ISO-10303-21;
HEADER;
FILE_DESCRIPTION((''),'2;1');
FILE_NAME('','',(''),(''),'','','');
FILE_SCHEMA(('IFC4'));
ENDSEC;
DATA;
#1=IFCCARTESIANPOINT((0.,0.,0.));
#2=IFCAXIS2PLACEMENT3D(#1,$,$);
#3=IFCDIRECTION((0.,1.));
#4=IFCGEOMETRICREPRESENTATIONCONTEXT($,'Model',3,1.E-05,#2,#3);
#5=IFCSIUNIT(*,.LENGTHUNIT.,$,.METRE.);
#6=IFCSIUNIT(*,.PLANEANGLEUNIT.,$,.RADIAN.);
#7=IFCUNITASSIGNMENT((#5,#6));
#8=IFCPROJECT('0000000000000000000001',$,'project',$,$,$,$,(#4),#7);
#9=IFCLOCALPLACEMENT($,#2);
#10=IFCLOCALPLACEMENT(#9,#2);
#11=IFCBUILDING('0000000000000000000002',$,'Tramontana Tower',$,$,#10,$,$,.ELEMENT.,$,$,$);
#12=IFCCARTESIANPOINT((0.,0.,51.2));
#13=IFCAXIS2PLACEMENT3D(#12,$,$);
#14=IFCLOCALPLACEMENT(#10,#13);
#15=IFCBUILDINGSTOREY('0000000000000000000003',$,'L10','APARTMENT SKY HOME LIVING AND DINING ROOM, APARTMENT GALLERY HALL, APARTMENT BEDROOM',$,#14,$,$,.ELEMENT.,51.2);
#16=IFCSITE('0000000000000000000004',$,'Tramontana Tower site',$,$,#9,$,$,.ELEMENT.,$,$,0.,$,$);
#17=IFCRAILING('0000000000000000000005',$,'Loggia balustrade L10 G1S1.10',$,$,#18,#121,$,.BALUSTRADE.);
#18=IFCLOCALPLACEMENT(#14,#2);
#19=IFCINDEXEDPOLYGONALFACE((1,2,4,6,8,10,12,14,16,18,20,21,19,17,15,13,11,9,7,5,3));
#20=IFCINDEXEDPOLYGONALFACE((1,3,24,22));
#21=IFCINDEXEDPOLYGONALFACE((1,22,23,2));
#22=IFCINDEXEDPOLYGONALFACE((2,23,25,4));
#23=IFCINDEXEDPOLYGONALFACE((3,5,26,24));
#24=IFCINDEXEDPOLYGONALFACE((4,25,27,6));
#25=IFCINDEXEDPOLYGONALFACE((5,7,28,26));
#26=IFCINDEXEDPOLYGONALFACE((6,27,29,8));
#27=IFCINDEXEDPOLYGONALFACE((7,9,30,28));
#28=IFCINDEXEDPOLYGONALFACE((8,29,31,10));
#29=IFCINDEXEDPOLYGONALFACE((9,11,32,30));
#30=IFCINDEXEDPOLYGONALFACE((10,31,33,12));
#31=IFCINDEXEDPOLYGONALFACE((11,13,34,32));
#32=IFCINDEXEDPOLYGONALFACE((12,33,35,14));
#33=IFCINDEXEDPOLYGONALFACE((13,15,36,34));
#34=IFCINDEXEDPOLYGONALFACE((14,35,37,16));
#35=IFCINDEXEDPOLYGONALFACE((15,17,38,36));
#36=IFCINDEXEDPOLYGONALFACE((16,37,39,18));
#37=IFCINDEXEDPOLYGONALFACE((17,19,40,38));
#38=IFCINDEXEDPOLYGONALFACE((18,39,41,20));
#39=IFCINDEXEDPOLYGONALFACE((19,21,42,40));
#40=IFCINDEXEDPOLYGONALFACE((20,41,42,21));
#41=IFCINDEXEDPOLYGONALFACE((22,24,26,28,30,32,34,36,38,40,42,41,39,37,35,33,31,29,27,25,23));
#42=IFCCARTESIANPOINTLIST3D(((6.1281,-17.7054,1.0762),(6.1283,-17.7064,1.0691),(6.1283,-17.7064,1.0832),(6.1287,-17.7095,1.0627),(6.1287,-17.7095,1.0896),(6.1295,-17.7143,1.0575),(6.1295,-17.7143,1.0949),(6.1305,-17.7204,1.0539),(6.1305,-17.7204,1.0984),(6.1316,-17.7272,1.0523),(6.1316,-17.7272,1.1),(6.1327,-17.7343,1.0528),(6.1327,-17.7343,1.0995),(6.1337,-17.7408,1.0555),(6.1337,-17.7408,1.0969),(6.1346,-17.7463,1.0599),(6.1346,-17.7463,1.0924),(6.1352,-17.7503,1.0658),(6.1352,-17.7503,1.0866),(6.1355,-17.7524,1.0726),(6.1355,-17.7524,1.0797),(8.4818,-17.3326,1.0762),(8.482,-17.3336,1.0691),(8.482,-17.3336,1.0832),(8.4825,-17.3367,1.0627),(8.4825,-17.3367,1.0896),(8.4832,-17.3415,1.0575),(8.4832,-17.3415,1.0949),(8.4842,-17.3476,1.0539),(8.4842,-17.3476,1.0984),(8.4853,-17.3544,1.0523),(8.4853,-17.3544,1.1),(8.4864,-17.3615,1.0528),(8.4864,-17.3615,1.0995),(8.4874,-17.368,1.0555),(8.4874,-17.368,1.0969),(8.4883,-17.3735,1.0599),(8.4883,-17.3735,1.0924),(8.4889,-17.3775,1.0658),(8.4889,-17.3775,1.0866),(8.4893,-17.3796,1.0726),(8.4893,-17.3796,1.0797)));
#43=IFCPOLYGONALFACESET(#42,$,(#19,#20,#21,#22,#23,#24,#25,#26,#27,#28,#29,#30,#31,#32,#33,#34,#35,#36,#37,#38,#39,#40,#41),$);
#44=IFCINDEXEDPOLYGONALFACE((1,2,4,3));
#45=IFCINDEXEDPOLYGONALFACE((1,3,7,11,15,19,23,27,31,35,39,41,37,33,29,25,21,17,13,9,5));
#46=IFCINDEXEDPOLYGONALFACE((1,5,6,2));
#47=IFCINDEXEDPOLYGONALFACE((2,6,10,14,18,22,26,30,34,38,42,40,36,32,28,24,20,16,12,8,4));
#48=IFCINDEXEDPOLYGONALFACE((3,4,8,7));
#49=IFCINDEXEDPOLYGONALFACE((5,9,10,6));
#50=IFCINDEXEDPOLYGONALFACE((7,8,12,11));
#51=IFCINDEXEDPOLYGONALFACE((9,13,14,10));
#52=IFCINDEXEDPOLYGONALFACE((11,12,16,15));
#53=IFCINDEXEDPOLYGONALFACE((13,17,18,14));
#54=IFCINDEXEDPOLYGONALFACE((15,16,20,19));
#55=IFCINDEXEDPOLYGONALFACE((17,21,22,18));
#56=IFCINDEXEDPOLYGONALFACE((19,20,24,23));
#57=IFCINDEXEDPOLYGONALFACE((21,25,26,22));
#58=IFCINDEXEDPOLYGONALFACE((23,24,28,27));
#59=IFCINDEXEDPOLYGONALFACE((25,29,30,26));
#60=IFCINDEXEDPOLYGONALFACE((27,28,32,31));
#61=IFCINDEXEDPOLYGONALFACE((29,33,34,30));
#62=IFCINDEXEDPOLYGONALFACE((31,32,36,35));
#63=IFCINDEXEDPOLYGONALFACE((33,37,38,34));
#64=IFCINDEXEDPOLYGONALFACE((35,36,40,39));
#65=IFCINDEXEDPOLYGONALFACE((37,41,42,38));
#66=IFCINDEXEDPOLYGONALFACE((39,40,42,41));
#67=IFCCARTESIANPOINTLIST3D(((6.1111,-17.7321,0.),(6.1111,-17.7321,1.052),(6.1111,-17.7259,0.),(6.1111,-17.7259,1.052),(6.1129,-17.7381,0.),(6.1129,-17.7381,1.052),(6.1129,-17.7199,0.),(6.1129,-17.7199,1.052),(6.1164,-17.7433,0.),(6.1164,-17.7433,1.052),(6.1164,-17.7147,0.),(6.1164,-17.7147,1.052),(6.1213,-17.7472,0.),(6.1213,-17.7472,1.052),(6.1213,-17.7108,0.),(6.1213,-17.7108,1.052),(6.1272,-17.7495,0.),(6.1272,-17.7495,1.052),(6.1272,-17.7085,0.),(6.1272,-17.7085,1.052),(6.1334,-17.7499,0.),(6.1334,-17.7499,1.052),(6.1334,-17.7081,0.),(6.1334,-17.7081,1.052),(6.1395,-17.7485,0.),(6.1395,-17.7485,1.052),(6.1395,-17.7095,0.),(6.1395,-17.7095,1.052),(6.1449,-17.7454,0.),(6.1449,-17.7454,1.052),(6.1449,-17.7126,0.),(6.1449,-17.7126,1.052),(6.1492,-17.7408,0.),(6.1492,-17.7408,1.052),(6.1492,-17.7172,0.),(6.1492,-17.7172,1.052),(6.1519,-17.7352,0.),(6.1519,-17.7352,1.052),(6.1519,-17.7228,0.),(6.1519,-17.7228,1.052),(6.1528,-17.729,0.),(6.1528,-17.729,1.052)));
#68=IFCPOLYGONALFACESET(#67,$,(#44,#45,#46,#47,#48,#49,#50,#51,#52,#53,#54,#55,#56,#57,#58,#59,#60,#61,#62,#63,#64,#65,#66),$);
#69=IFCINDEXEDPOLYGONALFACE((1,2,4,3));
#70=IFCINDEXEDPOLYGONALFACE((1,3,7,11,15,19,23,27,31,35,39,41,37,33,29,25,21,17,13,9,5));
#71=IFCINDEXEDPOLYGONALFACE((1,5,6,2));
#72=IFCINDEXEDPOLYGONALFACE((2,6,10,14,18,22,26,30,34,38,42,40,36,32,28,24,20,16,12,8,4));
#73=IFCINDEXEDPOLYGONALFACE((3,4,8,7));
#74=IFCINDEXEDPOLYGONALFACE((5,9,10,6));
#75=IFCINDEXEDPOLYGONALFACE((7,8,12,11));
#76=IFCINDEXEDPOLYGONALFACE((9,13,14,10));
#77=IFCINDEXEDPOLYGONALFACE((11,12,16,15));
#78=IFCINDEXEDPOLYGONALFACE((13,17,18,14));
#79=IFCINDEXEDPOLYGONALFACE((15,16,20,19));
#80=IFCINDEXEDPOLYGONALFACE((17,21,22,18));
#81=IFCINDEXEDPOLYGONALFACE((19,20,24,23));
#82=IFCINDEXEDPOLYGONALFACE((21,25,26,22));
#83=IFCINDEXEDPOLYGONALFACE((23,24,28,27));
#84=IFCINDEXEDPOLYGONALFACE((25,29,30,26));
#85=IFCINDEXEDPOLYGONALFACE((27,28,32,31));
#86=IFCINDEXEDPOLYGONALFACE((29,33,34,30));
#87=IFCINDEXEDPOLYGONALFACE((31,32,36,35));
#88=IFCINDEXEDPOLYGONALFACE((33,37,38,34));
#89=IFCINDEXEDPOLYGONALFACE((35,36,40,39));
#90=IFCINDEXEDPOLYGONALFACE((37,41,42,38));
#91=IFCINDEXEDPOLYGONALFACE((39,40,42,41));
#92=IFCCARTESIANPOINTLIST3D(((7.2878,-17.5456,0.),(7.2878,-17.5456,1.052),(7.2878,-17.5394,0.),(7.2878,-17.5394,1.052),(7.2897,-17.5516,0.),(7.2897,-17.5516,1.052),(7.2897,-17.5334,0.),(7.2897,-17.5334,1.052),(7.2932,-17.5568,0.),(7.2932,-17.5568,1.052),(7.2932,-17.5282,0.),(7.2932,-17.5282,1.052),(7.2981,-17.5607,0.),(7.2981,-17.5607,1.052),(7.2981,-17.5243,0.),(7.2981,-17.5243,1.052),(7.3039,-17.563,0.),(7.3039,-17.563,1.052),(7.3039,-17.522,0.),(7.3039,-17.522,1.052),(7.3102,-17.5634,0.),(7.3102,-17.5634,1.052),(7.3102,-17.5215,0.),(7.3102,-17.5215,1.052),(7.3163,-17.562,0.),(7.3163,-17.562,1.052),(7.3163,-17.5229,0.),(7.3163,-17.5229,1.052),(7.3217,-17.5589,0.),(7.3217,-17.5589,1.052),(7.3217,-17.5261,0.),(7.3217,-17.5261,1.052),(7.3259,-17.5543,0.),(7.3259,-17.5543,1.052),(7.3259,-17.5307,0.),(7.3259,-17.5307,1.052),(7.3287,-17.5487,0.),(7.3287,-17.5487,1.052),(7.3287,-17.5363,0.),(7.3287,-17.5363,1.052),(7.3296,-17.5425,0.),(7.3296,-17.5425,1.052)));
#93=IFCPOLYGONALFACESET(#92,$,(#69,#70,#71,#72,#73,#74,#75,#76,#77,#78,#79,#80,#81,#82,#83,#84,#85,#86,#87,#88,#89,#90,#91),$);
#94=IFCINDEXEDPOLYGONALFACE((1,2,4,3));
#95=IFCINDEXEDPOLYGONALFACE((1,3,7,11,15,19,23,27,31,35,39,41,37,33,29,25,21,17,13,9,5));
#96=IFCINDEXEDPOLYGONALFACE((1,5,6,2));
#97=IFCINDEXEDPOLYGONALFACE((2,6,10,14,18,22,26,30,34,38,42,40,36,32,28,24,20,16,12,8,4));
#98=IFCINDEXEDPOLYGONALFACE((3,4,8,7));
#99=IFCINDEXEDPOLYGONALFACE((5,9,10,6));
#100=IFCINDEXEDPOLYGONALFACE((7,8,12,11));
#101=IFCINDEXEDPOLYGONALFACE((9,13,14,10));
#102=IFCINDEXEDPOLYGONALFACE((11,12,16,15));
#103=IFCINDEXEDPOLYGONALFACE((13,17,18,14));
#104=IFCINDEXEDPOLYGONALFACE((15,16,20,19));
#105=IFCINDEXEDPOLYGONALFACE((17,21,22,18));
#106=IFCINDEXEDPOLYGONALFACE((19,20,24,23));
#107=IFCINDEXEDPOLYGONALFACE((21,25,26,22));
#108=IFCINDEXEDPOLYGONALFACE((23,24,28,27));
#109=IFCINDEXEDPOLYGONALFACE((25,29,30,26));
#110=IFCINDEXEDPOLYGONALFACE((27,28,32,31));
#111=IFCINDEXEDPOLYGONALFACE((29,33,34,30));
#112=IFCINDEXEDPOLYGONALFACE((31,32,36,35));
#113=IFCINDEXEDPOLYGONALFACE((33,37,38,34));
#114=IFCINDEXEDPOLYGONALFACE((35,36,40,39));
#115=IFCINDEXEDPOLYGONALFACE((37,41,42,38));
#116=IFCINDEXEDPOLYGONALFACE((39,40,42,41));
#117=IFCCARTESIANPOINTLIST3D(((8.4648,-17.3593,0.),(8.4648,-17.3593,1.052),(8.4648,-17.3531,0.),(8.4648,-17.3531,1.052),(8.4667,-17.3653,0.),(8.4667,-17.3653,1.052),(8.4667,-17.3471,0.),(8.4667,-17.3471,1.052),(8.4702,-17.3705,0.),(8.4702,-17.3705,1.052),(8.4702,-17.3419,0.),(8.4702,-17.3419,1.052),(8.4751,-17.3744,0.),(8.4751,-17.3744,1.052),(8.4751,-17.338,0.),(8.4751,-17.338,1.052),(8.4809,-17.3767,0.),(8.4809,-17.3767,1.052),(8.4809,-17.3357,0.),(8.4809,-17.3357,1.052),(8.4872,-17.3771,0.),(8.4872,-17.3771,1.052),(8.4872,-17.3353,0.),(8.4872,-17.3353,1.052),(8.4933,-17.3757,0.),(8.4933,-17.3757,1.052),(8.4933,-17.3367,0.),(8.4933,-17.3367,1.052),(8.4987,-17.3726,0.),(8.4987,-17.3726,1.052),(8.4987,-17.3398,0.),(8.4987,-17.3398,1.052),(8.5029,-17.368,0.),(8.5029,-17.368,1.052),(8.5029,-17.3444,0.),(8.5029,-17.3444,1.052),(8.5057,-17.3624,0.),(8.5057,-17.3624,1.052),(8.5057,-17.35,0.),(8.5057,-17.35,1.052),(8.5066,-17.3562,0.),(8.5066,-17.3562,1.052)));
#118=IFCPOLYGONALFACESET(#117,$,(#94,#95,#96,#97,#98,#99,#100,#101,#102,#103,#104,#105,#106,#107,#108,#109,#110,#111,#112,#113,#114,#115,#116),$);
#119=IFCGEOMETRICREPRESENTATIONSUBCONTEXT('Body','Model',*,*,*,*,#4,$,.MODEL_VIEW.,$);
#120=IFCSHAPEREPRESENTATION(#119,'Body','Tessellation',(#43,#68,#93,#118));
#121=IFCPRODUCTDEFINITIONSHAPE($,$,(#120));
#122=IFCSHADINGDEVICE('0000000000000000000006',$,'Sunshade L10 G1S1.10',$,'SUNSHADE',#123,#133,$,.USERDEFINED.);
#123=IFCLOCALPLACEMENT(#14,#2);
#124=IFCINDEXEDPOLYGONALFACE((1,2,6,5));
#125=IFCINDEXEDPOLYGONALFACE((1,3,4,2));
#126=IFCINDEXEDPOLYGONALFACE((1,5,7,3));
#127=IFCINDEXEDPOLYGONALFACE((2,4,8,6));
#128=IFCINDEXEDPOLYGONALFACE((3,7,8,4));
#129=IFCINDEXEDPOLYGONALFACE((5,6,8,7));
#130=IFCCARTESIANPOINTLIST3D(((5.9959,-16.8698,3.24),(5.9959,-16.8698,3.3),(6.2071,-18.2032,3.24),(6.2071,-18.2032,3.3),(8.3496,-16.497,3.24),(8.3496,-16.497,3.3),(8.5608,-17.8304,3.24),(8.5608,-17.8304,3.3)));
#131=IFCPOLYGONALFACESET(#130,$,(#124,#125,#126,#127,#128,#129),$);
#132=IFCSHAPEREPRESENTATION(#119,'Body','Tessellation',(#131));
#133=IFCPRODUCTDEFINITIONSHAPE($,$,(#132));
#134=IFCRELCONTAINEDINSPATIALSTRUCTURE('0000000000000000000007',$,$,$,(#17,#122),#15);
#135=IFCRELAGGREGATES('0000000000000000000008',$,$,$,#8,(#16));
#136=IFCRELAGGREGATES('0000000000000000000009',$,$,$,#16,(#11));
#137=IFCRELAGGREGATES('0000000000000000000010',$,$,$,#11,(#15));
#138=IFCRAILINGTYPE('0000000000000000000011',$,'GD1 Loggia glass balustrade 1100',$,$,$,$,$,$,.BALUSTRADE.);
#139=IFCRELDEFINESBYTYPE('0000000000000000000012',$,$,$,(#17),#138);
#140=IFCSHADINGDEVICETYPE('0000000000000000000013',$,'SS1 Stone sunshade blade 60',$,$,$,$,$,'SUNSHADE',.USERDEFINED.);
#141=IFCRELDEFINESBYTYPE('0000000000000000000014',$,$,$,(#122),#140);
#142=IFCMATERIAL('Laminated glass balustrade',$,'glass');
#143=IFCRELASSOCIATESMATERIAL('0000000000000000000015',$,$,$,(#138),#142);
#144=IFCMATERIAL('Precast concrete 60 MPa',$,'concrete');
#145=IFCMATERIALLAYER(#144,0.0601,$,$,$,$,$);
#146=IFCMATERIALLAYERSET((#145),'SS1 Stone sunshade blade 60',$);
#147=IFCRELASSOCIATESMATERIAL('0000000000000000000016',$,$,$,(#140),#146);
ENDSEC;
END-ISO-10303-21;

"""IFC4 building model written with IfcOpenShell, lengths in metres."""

from ifc_helpers import new_model, si_unit, direction, frame, origin, origin_2d, place, context, subcontext, project, spatial, rectangle, circle, extrude, material, layer, layer_set, type_object, element, save


model = new_model("IFC4")

# Units and contexts
model_context = context("Model", 3, precision=1e-05, world=origin(), true_north=direction((0.0, 1.0)))
body_context = subcontext(model_context, "Body", "Model", "MODEL_VIEW")
ifc_project = project(units=[si_unit("LENGTHUNIT", "METRE"), si_unit("PLANEANGLEUNIT", "RADIAN")], contexts=[model_context])

# Site, building, storey
site_placement = place(None, origin())
site = spatial("IfcSite", under=ifc_project, at=site_placement, Name="Tramontana Tower site", CompositionType="ELEMENT", RefElevation=0.0)
building_placement = place(site_placement, origin())
building = spatial("IfcBuilding", under=site, at=building_placement, Name="Tramontana Tower", CompositionType="ELEMENT")
storey_placement = place(building_placement, frame((0.0, 0.0, 51.2)))
storey = spatial("IfcBuildingStorey", under=building, at=storey_placement, Name="L10", Description="APARTMENT SKY HOME LIVING AND DINING ROOM, APARTMENT GALLERY HALL, APARTMENT BEDROOM", CompositionType="ELEMENT", Elevation=51.2)

# Railing
ifc_material_1 = material(Name="Laminated glass balustrade", Category="glass")
railing_type = type_object("IfcRailingType", Name="GD1 Loggia glass balustrade 1100", PredefinedType="BALUSTRADE", material=ifc_material_1)
railing_placement = place(storey_placement, frame((6.1318, -17.729, 0.0)))
element("IfcRailing", 1, at=railing_placement, inside=storey, type_object=railing_type, Name="Loggia balustrade L10 G1S1.10", PredefinedType="BALUSTRADE", context=body_context, shape_type="SweptSolid", body=[
    extrude(circle(Radius=0.0239, at=origin_2d()), frame((0.0, 0.0, 1.0762), z_axis=(0.987688, 0.156436, 0.0), x_axis=(-0.156436, 0.987688, 0.0)), (0.0, 0.0, 1.0), 2.3831),
    extrude(circle(Radius=0.021, at=origin_2d()), origin(), (0.0, 0.0, 1.0), 1.052),
    extrude(circle(Radius=0.021, at=origin_2d()), frame((1.1768, 0.1865, 0.0)), (0.0, 0.0, 1.0), 1.052),
    extrude(circle(Radius=0.021, at=origin_2d()), frame((2.3538, 0.3728, 0.0)), (0.0, 0.0, 1.0), 1.052),
])

# Shading device
ifc_material_2 = material(Name="Precast concrete 60 MPa", Category="concrete")
ifc_layer_1 = layer(ifc_material_2, 0.0601)
ifc_layer_set_1 = layer_set([ifc_layer_1], Name="SS1 Stone sunshade blade 60")
shading_device_type = type_object("IfcShadingDeviceType", Name="SS1 Stone sunshade blade 60", ElementType="SUNSHADE", PredefinedType="USERDEFINED", material=ifc_layer_set_1)
shading_device_placement = place(storey_placement, frame((7.2783, -17.3501, 3.24), z_axis=(0.0, 0.0, 1.0), x_axis=(0.987688, 0.156434, 0.0)))
element("IfcShadingDevice", 2, at=shading_device_placement, inside=storey, type_object=shading_device_type, Name="Sunshade L10 G1S1.10", ObjectType="SUNSHADE", PredefinedType="USERDEFINED", context=body_context, shape_type="SweptSolid", body=[
    extrude(rectangle(XDim=2.3831, YDim=1.3501, at=origin_2d()), origin(), (0.0, 0.0, 1.0), 0.0601),
])

save(model, "model.ifc")
